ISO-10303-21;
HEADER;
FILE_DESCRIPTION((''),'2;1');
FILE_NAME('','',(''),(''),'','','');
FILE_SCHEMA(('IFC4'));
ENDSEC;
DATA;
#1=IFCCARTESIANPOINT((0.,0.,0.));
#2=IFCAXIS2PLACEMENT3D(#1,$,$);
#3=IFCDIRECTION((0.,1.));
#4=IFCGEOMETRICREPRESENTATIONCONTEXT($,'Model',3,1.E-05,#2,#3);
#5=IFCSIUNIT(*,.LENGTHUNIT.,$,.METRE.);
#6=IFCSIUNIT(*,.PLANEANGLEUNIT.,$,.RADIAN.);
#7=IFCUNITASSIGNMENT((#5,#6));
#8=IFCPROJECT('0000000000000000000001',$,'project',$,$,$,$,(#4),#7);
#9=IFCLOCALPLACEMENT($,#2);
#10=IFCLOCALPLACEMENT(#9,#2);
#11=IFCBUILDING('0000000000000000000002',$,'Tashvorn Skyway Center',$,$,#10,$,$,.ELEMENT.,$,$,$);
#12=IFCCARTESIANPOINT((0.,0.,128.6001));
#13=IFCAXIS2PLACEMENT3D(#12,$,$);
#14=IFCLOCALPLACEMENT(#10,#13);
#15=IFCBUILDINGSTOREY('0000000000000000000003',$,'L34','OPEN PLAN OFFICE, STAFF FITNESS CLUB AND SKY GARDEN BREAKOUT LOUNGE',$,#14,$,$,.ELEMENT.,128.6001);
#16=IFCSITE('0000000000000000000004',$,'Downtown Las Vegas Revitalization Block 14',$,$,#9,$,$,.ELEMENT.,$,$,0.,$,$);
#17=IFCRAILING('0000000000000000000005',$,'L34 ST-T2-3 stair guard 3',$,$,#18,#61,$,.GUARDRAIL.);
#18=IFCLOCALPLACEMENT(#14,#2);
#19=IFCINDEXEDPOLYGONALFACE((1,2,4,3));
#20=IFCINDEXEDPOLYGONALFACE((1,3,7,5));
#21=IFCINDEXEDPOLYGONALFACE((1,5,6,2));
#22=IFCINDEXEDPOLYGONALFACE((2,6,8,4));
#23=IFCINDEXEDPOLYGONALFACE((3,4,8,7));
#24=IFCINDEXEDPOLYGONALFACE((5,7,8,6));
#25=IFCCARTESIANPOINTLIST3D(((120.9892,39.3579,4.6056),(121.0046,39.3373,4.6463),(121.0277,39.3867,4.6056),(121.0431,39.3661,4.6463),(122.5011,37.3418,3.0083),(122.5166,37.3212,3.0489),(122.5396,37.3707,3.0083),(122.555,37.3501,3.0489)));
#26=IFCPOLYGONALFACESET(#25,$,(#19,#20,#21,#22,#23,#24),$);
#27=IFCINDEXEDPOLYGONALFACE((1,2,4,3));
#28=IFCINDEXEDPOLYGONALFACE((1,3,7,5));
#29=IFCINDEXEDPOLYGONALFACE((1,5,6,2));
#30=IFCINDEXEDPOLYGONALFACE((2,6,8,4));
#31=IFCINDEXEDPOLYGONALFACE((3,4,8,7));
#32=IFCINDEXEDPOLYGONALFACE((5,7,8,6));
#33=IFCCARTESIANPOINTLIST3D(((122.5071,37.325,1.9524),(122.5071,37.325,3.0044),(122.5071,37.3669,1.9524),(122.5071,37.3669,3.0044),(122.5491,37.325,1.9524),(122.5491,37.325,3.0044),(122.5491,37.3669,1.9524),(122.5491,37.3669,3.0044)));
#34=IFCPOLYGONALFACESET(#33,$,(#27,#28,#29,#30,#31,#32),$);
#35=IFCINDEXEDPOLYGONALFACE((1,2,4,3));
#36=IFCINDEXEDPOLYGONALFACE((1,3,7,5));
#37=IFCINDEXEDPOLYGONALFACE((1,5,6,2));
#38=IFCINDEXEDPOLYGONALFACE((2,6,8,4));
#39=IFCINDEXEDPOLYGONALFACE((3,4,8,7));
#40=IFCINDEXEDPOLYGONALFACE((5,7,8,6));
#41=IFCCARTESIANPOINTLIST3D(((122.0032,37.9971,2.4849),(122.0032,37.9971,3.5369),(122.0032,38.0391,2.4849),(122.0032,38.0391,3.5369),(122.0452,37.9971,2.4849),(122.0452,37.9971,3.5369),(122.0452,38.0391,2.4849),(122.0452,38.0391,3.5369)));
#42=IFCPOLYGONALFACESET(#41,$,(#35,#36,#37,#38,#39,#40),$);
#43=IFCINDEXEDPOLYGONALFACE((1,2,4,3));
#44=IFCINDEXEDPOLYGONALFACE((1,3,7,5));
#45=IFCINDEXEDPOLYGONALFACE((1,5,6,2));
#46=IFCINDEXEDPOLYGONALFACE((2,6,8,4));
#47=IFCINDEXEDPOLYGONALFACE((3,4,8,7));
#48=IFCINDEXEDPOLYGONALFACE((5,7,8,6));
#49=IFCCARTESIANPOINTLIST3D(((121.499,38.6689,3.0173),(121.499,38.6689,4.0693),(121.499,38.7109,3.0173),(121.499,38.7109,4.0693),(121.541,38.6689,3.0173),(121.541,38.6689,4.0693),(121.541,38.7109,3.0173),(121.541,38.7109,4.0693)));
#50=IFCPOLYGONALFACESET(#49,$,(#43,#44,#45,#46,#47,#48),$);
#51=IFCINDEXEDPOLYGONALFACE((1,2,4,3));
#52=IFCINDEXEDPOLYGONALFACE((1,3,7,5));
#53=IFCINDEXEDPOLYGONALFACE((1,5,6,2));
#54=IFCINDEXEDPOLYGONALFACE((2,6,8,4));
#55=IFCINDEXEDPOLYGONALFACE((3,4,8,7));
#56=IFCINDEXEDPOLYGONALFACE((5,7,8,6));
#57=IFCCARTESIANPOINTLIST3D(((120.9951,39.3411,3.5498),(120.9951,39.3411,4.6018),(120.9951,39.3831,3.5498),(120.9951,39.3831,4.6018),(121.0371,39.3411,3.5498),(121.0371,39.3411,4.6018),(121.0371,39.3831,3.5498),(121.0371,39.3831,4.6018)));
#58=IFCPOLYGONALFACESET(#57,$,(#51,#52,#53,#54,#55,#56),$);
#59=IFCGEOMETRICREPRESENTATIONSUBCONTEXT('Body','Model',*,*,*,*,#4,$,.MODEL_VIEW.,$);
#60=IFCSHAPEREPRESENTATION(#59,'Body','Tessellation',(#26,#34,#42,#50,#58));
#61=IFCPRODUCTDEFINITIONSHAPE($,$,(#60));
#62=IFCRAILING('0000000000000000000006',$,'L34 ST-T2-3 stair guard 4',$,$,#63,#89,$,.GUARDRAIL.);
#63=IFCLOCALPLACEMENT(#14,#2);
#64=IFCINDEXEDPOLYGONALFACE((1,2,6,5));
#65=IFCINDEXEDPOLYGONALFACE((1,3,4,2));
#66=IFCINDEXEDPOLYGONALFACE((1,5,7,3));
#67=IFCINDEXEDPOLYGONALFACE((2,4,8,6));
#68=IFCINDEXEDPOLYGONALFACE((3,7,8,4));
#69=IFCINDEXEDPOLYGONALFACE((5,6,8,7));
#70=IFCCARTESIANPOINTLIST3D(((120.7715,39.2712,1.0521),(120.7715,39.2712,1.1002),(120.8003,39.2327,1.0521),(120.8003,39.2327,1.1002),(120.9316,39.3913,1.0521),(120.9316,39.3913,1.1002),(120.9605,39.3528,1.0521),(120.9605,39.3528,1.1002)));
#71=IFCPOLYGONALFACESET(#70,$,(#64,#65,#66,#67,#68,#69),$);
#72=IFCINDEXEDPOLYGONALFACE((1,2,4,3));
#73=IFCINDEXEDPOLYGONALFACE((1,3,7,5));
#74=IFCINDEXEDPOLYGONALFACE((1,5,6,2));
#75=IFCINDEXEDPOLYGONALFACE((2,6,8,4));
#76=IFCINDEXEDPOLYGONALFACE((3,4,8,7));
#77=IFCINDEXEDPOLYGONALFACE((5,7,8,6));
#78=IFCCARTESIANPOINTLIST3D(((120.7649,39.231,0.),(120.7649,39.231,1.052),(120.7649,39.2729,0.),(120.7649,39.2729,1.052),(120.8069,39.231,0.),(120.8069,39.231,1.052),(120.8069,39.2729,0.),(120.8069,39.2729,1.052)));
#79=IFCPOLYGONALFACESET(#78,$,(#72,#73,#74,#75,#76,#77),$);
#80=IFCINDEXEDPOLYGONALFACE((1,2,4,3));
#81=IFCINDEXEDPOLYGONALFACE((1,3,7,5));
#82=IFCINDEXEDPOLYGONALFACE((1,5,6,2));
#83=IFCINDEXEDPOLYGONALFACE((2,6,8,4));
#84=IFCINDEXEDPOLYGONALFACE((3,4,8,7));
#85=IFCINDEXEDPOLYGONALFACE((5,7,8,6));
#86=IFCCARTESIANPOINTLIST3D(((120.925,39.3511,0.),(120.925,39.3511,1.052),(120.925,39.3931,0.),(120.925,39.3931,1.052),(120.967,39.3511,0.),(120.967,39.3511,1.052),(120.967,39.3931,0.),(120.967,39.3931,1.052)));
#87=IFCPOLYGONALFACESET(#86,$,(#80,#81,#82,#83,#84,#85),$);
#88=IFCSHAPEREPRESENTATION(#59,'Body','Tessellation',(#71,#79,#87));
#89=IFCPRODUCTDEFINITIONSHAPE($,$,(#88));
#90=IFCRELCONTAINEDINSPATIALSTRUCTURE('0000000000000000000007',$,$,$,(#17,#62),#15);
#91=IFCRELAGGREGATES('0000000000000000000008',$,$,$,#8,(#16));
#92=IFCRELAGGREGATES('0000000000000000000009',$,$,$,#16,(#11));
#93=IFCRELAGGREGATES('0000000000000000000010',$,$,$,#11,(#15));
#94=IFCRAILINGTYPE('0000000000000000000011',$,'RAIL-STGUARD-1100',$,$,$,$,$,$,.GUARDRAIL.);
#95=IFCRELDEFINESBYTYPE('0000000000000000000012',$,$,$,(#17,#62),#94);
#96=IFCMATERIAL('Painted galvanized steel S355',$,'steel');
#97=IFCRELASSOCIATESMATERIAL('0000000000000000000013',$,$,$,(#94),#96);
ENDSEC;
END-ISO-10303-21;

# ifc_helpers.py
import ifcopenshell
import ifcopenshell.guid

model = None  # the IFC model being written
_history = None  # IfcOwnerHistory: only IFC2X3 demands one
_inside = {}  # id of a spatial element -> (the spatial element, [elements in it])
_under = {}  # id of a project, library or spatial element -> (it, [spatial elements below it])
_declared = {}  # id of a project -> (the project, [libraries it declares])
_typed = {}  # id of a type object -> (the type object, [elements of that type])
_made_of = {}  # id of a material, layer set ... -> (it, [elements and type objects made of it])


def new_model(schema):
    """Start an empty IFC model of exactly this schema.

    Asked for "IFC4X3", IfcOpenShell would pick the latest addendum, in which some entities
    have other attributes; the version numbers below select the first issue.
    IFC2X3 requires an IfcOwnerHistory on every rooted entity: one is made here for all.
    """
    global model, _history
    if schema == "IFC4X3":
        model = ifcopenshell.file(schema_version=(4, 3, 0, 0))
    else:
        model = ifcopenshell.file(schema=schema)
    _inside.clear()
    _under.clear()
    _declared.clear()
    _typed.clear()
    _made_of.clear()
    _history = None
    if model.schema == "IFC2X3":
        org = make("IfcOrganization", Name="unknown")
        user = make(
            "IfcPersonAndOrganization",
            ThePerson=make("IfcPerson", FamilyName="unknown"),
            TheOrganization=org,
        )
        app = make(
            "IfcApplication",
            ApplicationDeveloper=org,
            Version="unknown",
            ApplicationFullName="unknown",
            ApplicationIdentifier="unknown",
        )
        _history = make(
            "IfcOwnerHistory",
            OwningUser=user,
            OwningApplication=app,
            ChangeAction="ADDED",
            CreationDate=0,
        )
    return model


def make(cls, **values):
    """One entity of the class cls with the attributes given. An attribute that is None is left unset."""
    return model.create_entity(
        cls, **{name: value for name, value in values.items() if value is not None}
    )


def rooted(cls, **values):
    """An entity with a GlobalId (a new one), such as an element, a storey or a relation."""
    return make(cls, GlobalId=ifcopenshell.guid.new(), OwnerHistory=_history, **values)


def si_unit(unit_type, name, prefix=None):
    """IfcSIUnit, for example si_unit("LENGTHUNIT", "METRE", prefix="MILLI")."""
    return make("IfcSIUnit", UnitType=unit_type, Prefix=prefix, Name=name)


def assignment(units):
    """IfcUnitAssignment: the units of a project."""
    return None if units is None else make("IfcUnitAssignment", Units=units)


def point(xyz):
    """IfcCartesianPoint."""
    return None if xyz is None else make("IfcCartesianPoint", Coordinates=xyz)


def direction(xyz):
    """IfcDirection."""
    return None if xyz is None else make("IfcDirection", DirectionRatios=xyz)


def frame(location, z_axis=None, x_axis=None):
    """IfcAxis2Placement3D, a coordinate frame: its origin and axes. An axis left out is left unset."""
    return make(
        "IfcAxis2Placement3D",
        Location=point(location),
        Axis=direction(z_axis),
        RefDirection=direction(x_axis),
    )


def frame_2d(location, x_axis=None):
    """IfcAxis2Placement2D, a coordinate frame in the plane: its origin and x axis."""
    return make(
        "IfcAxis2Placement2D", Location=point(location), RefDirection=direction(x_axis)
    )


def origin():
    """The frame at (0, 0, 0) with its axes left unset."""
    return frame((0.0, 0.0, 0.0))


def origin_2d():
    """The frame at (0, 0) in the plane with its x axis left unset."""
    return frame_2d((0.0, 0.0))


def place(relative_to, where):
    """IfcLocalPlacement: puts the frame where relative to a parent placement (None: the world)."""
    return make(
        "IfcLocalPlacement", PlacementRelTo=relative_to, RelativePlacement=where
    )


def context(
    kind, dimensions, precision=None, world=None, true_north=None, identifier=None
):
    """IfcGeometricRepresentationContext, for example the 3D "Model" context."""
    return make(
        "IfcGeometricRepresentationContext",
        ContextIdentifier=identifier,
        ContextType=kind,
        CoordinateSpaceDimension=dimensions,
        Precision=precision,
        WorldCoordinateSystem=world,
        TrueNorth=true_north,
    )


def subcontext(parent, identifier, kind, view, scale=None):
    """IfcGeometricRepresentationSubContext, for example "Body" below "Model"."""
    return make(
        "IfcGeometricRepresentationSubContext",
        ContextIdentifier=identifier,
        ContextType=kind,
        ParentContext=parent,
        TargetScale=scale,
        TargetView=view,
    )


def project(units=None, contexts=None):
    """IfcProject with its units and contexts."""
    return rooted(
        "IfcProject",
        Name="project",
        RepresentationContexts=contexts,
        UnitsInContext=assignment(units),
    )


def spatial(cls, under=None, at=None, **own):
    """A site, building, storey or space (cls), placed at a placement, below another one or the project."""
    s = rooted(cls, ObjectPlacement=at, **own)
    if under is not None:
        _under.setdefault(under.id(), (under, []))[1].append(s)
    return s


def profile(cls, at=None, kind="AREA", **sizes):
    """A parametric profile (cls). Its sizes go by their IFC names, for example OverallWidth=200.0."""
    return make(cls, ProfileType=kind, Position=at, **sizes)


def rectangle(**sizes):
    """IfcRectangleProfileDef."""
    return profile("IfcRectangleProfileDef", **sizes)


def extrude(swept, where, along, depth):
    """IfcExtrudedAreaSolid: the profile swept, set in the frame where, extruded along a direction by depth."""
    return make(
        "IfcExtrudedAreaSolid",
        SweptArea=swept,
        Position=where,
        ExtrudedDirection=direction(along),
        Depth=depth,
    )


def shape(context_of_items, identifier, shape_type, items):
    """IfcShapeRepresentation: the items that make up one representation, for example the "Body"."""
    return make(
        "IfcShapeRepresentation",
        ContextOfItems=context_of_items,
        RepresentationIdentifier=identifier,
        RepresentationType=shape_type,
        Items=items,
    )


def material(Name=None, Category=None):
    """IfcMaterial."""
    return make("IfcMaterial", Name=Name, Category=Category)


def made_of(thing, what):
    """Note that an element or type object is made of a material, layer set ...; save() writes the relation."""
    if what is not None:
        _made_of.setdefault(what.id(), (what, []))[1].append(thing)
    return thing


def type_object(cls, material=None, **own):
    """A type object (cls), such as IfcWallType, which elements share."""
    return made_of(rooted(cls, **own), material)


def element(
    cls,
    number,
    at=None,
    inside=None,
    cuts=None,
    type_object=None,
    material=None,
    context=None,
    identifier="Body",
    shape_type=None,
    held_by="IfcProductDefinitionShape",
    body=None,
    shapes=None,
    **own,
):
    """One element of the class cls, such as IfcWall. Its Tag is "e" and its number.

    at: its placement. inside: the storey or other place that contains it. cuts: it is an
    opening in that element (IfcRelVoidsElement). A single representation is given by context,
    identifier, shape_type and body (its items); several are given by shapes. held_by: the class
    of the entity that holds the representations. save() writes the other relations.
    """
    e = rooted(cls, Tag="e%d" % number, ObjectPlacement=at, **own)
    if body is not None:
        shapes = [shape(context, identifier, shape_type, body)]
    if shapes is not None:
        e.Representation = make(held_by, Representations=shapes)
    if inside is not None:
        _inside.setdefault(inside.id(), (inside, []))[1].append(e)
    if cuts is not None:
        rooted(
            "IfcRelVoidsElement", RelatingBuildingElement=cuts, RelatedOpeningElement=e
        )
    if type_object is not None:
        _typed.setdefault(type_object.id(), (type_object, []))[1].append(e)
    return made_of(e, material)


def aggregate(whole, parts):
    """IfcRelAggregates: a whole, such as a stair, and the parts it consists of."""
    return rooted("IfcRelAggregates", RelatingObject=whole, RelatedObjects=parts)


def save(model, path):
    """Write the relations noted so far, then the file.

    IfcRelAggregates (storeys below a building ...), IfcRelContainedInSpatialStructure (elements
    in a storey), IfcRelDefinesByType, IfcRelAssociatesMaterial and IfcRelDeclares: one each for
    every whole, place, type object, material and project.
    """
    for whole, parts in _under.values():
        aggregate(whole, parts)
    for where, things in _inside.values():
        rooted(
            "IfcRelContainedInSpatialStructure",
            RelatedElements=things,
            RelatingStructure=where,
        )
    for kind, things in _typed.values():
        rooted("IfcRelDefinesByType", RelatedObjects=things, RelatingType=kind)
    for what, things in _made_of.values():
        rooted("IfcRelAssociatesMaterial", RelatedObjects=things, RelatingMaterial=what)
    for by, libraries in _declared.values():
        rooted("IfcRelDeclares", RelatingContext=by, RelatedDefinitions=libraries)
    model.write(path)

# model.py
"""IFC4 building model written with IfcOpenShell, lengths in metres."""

from ifc_helpers import new_model, si_unit, direction, frame, origin, origin_2d, place, context, subcontext, project, spatial, rectangle, extrude, material, type_object, element, save


model = new_model("IFC4")

# Units and contexts
model_context = context("Model", 3, precision=1e-05, world=origin(), true_north=direction((0.0, 1.0)))
body_context = subcontext(model_context, "Body", "Model", "MODEL_VIEW")
ifc_project = project(units=[si_unit("LENGTHUNIT", "METRE"), si_unit("PLANEANGLEUNIT", "RADIAN")], contexts=[model_context])

# Site, building, storey
site_placement = place(None, origin())
site = spatial("IfcSite", under=ifc_project, at=site_placement, Name="Downtown Las Vegas Revitalization Block 14", CompositionType="ELEMENT", RefElevation=0.0)
building_placement = place(site_placement, origin())
building = spatial("IfcBuilding", under=site, at=building_placement, Name="Tashvorn Skyway Center", CompositionType="ELEMENT")
storey_placement = place(building_placement, frame((0.0, 0.0, 128.6001)))
storey = spatial("IfcBuildingStorey", under=building, at=storey_placement, Name="L34", Description="OPEN PLAN OFFICE, STAFF FITNESS CLUB AND SKY GARDEN BREAKOUT LOUNGE", CompositionType="ELEMENT", Elevation=128.6001)

# Railings
ifc_material_1 = material(Name="Painted galvanized steel S355", Category="steel")
railing_type_1 = type_object("IfcRailingType", Name="RAIL-STGUARD-1100", PredefinedType="GUARDRAIL", material=ifc_material_1)
railing_1_placement = place(storey_placement, frame((122.5281, 37.3459, 1.9524)))
element("IfcRailing", 1, at=railing_1_placement, inside=storey, type_object=railing_type_1, Name="L34 ST-T2-3 stair guard 3", PredefinedType="GUARDRAIL", context=body_context, shape_type="SweptSolid", body=[
    extrude(rectangle(XDim=0.0481, YDim=0.0481, at=origin_2d()), frame((0.0, 0.0, 1.0762), z_axis=(-0.506741, 0.675709, 0.535379), x_axis=(-0.800023, -0.599969, 0.0)), (0.0, 0.0, 1.0), 2.9836),
    extrude(rectangle(XDim=0.042, YDim=0.042, at=origin_2d()), origin(), (0.0, 0.0, 1.0), 1.052),
    extrude(rectangle(XDim=0.042, YDim=0.042, at=origin_2d()), frame((-0.5039, 0.6721, 0.5325)), (0.0, 0.0, 1.0), 1.052),
    extrude(rectangle(XDim=0.042, YDim=0.042, at=origin_2d()), frame((-1.0081, 1.344, 1.0649)), (0.0, 0.0, 1.0), 1.052),
    extrude(rectangle(XDim=0.042, YDim=0.042, at=origin_2d()), frame((-1.512, 2.0161, 1.5974)), (0.0, 0.0, 1.0), 1.052),
])
railing_2_placement = place(storey_placement, frame((120.7859, 39.252, 0.0)))
element("IfcRailing", 2, at=railing_2_placement, inside=storey, type_object=railing_type_1, Name="L34 ST-T2-3 stair guard 4", PredefinedType="GUARDRAIL", context=body_context, shape_type="SweptSolid", body=[
    extrude(rectangle(XDim=0.0481, YDim=0.0481, at=origin_2d()), frame((0.0, 0.0, 1.0762), z_axis=(0.8, 0.6, 0.0), x_axis=(-0.6, 0.8, 0.0)), (0.0, 0.0, 1.0), 0.2002),
    extrude(rectangle(XDim=0.042, YDim=0.042, at=origin_2d()), origin(), (0.0, 0.0, 1.0), 1.052),
    extrude(rectangle(XDim=0.042, YDim=0.042, at=origin_2d()), frame((0.1602, 0.1201, 0.0)), (0.0, 0.0, 1.0), 1.052),
])

save(model, "model.ifc")
